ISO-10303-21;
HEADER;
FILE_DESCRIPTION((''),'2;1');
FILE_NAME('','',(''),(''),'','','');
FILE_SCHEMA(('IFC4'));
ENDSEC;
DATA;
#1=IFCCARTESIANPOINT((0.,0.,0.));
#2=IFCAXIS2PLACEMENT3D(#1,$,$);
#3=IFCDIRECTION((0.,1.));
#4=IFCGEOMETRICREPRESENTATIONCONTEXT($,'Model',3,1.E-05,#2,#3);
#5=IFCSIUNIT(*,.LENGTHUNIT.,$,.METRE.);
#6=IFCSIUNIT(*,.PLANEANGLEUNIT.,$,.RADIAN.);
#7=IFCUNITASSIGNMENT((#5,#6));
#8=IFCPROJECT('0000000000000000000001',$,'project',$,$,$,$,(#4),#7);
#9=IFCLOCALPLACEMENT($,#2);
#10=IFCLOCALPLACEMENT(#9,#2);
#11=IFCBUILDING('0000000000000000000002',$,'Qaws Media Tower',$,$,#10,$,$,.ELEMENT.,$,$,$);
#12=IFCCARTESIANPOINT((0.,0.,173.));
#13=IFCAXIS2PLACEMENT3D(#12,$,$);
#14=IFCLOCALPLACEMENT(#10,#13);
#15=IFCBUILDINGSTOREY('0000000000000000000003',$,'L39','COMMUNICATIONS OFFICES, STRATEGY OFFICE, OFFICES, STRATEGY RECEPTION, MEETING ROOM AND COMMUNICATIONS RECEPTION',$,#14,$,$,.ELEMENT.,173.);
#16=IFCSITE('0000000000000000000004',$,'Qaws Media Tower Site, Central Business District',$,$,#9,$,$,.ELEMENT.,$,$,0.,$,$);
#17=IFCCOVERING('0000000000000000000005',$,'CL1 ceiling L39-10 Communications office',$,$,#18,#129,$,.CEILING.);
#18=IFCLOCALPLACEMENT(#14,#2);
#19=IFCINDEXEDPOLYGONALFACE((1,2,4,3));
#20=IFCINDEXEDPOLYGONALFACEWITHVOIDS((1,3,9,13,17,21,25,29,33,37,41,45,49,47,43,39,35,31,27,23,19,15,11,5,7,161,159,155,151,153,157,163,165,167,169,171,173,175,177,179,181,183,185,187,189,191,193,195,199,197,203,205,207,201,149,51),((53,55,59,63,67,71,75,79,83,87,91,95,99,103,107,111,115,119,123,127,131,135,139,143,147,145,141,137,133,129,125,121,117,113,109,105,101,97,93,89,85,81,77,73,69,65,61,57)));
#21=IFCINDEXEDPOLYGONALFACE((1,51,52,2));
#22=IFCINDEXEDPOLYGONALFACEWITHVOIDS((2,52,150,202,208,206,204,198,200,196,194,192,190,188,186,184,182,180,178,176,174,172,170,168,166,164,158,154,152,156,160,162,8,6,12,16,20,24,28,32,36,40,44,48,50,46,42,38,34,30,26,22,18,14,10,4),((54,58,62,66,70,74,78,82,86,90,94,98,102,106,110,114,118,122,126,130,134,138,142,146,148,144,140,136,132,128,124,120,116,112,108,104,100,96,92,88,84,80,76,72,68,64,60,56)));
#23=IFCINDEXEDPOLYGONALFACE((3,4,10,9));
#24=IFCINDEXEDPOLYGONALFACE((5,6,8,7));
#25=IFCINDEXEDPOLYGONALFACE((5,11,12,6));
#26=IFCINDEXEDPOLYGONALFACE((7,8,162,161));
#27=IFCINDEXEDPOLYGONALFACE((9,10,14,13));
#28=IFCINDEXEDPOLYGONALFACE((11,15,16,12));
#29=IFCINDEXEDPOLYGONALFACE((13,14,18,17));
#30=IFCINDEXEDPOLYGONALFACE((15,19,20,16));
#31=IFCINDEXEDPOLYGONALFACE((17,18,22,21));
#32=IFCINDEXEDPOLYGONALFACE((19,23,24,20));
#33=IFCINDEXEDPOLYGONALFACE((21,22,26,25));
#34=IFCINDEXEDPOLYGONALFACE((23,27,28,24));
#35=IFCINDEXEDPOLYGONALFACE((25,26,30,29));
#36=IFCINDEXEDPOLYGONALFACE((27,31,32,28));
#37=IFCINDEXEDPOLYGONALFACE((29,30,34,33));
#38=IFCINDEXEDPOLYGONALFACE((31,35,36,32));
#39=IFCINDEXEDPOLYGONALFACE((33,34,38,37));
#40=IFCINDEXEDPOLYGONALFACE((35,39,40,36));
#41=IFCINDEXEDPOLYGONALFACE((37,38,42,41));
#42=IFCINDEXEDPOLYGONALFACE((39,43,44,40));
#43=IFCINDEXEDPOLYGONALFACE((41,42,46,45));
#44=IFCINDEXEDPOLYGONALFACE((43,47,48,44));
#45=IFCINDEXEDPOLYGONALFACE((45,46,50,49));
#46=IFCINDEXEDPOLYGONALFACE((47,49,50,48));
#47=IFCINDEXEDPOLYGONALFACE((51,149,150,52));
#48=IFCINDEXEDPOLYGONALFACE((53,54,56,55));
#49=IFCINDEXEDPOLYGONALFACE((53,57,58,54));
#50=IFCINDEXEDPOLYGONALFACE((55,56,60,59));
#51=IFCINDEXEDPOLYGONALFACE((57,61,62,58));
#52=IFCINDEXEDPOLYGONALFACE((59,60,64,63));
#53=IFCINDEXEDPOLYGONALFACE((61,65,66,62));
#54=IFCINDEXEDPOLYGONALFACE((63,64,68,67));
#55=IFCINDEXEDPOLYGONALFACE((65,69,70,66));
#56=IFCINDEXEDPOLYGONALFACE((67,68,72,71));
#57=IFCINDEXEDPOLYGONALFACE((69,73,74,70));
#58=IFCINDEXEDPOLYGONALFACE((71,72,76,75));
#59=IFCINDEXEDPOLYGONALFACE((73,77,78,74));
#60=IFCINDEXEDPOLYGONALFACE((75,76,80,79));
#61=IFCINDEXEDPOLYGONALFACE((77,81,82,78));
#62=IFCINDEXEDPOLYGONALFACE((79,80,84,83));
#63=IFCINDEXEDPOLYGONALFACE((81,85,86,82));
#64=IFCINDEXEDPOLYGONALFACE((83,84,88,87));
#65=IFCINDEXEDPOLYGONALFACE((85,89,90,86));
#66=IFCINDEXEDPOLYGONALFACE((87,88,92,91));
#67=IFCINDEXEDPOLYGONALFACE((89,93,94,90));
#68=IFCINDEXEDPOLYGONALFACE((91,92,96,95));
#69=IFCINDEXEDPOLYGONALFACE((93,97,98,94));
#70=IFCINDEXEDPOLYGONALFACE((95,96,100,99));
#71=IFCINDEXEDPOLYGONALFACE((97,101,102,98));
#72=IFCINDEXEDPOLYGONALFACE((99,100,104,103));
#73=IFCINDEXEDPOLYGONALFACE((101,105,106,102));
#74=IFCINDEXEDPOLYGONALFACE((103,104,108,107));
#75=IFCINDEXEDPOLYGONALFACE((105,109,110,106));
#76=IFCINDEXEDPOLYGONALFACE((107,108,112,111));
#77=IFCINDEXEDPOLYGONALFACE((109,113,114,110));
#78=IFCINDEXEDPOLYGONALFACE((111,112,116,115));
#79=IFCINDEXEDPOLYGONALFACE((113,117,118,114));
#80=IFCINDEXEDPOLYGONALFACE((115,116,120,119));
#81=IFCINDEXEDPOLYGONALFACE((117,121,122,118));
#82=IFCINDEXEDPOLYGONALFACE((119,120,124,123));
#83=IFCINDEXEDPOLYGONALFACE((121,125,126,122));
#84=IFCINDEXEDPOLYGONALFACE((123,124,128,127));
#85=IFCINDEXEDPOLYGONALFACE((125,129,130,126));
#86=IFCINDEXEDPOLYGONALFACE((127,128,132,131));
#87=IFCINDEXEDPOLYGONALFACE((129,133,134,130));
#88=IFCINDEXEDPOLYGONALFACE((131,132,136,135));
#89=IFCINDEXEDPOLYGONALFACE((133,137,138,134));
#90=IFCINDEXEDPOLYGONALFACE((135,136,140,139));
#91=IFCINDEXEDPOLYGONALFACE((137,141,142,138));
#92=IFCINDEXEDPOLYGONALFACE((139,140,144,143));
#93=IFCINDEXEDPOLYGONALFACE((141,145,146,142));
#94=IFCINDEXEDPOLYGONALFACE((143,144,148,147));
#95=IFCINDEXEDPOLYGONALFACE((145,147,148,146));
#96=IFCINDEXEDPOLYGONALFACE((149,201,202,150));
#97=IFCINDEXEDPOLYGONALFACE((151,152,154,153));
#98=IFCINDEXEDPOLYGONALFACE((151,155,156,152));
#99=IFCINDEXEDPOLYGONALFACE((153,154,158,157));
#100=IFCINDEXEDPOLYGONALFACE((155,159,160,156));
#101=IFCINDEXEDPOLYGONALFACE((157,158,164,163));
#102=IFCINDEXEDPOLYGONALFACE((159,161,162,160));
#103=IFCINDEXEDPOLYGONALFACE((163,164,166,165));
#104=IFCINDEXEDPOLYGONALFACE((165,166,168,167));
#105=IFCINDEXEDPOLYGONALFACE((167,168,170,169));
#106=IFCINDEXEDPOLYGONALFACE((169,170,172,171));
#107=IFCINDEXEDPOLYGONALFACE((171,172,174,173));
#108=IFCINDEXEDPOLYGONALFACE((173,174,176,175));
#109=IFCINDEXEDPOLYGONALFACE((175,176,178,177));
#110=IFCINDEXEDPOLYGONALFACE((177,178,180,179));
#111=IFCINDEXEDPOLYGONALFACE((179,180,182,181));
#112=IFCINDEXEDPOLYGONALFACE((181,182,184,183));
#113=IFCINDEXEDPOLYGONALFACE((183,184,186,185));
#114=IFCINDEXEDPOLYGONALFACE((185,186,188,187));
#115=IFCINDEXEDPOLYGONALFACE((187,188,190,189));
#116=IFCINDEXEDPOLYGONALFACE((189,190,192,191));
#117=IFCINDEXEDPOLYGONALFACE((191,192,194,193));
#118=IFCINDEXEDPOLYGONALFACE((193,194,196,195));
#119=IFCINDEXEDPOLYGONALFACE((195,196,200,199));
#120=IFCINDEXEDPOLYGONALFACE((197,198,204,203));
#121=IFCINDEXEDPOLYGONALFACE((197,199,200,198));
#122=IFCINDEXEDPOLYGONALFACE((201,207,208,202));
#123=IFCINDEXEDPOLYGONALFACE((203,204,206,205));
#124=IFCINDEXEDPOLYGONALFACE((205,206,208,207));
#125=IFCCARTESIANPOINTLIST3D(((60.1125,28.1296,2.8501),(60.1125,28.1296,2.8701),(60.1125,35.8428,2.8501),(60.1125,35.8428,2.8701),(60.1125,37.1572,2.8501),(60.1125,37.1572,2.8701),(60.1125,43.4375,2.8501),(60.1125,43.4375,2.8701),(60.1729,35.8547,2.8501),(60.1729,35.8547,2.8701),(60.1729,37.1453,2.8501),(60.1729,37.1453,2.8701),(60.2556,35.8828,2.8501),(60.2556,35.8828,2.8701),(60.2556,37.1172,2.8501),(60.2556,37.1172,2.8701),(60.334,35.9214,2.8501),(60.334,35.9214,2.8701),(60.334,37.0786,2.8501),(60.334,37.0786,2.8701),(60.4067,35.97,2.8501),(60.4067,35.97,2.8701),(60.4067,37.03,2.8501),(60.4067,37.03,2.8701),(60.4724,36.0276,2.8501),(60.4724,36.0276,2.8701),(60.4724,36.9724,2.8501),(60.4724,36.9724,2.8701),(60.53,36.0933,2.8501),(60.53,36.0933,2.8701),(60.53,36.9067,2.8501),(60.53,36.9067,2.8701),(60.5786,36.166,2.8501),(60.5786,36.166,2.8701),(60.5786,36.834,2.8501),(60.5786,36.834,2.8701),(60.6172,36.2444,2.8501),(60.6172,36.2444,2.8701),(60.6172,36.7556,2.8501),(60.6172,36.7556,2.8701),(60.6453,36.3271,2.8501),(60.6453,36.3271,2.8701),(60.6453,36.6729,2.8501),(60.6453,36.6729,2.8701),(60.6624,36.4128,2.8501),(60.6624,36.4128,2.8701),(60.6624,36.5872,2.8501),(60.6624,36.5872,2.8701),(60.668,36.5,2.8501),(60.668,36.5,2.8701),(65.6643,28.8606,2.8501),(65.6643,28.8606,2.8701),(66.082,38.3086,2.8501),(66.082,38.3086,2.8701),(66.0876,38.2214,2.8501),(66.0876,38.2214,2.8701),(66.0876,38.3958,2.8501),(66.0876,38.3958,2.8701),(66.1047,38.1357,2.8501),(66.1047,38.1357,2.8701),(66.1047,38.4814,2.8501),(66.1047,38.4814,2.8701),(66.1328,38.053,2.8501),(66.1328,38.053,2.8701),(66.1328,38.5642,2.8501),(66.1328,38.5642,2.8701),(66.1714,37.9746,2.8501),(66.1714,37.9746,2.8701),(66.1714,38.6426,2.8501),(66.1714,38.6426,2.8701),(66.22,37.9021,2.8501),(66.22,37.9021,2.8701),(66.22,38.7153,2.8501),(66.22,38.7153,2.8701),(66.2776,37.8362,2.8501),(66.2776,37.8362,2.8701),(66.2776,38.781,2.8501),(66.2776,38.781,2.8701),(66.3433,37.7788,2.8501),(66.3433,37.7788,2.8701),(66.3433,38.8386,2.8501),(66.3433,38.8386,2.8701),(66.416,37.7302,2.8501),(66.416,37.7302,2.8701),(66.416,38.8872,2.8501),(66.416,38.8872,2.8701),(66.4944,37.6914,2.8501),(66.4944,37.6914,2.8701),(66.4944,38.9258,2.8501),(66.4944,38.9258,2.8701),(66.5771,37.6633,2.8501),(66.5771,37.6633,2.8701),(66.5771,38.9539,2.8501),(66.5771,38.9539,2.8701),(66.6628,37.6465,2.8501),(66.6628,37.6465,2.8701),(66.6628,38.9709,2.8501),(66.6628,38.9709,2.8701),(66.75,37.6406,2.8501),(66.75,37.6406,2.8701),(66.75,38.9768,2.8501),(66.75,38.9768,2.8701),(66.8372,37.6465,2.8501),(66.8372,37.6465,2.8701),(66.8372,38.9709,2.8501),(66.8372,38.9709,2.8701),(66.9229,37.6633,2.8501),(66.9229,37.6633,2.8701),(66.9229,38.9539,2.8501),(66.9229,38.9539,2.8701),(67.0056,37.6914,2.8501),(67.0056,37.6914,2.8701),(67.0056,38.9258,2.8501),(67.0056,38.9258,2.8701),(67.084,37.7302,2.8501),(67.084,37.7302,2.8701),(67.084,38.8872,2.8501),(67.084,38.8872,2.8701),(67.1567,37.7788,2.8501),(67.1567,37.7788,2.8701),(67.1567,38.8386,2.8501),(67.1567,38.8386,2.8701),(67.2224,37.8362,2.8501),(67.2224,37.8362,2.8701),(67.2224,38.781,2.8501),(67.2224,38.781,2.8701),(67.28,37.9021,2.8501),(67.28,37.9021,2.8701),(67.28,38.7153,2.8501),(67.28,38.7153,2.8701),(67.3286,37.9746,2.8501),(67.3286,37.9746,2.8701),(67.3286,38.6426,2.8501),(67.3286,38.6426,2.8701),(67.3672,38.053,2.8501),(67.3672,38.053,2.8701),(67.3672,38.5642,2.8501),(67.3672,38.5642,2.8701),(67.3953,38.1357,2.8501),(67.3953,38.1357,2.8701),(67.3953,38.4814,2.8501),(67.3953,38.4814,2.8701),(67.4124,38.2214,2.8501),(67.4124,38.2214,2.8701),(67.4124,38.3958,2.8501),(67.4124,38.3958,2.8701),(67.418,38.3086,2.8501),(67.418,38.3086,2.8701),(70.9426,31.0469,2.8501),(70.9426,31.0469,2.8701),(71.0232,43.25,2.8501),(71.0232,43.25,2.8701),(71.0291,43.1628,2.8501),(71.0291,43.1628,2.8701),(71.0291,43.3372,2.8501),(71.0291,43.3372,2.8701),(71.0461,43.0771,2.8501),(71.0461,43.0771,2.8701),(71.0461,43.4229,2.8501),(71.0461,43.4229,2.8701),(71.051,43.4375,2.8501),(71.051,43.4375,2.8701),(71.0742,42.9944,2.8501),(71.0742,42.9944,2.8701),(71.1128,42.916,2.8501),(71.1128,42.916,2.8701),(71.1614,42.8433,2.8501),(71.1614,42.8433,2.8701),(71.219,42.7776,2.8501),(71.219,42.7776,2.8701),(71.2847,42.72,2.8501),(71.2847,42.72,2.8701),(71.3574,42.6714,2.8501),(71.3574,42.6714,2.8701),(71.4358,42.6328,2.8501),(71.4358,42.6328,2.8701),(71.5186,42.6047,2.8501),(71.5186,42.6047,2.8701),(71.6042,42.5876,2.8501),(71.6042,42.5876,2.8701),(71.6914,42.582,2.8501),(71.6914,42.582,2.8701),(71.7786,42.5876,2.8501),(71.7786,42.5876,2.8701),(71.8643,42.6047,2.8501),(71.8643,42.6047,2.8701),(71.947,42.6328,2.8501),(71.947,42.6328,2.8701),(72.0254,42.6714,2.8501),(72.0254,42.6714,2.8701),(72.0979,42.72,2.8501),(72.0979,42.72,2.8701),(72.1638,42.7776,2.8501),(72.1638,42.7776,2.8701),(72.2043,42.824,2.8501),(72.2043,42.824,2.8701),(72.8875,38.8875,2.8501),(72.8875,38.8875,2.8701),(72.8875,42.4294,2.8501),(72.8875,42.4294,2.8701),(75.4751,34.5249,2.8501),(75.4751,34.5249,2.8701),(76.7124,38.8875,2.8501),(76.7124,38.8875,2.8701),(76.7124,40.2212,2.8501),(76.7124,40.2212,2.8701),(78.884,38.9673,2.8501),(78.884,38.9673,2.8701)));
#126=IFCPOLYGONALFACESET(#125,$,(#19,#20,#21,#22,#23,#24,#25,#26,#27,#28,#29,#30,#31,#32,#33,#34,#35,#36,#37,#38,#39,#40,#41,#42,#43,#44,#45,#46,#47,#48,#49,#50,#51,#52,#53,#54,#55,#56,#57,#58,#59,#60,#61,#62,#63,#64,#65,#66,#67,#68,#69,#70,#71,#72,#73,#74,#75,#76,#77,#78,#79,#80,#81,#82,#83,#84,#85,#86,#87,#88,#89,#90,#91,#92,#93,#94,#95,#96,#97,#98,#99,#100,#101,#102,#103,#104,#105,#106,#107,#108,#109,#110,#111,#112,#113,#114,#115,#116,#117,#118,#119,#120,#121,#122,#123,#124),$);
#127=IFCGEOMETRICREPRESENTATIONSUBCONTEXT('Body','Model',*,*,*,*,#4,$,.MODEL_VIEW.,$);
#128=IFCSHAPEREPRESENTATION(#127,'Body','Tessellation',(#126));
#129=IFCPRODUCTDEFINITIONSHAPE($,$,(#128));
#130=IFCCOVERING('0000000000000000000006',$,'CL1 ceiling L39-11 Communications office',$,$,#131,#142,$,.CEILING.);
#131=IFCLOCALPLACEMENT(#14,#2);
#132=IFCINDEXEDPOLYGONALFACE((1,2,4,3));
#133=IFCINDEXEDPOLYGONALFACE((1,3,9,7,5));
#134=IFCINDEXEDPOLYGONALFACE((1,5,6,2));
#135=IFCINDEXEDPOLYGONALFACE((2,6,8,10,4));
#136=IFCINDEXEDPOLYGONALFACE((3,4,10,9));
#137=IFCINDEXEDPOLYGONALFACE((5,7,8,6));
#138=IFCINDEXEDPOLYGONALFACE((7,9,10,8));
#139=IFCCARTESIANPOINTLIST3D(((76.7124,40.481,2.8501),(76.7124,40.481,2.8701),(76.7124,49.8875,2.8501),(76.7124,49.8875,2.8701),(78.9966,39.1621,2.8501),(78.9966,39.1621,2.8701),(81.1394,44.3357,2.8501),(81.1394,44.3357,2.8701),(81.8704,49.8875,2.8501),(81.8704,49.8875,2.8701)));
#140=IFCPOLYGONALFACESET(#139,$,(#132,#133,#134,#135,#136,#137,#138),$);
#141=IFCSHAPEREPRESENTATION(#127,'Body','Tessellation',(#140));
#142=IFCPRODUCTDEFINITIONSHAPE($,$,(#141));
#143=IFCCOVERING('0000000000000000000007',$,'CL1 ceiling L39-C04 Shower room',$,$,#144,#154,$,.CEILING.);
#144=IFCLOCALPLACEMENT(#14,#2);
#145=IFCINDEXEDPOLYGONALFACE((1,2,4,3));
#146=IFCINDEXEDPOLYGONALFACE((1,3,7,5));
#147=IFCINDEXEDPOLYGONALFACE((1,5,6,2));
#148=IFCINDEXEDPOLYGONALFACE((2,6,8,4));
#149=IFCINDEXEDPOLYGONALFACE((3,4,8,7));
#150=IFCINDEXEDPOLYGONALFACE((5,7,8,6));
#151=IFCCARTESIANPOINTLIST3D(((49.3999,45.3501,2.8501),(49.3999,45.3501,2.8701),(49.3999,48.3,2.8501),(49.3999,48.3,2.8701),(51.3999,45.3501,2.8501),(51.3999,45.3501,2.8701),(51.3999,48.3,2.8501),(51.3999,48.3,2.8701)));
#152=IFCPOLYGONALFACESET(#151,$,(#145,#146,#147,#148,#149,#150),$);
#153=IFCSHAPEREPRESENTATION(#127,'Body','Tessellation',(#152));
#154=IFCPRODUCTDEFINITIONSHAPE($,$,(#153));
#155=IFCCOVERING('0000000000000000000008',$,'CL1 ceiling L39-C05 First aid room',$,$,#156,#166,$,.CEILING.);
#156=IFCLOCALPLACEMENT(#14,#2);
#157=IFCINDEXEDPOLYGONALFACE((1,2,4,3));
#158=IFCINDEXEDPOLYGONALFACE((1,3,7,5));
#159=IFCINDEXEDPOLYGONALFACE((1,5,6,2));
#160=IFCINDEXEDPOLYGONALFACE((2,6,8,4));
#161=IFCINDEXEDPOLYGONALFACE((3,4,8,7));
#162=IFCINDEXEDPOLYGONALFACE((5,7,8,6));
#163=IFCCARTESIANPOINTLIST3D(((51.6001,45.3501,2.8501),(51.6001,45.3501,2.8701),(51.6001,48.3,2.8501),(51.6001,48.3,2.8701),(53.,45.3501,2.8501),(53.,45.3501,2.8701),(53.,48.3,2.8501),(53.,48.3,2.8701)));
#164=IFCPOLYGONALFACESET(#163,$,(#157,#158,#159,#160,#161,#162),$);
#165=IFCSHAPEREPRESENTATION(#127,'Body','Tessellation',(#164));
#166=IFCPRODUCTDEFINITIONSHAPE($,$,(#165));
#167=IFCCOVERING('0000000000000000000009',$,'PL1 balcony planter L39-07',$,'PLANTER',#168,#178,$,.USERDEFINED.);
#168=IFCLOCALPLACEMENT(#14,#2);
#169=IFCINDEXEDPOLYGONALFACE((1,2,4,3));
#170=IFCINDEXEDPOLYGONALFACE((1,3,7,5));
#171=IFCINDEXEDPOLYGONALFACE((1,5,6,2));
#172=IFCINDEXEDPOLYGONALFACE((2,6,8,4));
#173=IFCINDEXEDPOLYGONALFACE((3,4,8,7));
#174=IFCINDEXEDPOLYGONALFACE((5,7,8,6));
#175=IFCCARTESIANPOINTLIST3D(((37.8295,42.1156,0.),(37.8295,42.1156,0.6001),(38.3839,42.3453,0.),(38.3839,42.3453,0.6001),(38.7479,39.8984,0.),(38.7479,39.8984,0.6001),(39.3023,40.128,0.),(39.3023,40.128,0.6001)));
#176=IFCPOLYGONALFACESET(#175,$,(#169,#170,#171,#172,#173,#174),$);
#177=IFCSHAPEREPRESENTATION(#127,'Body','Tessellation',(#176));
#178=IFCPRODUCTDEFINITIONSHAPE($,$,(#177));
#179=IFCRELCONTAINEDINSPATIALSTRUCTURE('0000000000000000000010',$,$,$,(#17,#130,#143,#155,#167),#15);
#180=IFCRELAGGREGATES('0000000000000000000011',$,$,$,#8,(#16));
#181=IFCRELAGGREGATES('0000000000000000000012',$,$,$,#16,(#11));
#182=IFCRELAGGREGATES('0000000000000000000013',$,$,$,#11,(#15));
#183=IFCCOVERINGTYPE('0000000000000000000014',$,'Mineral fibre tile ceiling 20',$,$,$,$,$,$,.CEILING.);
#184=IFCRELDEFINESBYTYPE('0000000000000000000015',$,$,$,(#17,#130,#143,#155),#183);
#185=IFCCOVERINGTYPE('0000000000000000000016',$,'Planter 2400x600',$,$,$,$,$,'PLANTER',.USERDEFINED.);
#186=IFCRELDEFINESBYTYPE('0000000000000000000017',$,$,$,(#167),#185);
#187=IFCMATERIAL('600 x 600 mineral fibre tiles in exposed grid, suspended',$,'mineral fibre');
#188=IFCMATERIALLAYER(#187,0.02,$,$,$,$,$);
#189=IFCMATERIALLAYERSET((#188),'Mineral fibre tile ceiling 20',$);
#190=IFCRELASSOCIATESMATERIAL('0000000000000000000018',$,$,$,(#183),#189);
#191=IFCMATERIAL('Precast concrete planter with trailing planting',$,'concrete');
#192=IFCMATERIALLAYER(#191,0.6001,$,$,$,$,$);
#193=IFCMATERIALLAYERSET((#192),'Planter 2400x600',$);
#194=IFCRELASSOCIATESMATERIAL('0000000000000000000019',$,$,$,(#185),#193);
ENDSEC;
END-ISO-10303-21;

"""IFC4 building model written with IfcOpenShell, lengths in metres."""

from ifc_helpers import new_model, si_unit, direction, frame, origin, origin_2d, place, context, subcontext, project, spatial, polyline, rectangle, outline, extrude, material, layer, layer_set, type_object, element, save


model = new_model("IFC4")

# Units and contexts
model_context = context("Model", 3, precision=1e-05, world=origin(), true_north=direction((0.0, 1.0)))
body_context = subcontext(model_context, "Body", "Model", "MODEL_VIEW")
ifc_project = project(units=[si_unit("LENGTHUNIT", "METRE"), si_unit("PLANEANGLEUNIT", "RADIAN")], contexts=[model_context])

# Site, building, storey
site_placement = place(None, origin())
site = spatial("IfcSite", under=ifc_project, at=site_placement, Name="Qaws Media Tower Site, Central Business District", CompositionType="ELEMENT", RefElevation=0.0)
building_placement = place(site_placement, origin())
building = spatial("IfcBuilding", under=site, at=building_placement, Name="Qaws Media Tower", CompositionType="ELEMENT")
storey_placement = place(building_placement, frame((0.0, 0.0, 173.0)))
storey = spatial("IfcBuildingStorey", under=building, at=storey_placement, Name="L39", Description="COMMUNICATIONS OFFICES, STRATEGY OFFICE, OFFICES, STRATEGY RECEPTION, MEETING ROOM AND COMMUNICATIONS RECEPTION", CompositionType="ELEMENT", Elevation=173.0)

# Coverings
ifc_material_1 = material(Name="600 x 600 mineral fibre tiles in exposed grid, suspended", Category="mineral fibre")
ifc_layer_1 = layer(ifc_material_1, 0.02)
ifc_layer_set_1 = layer_set([ifc_layer_1], Name="Mineral fibre tile ceiling 20")
covering_type_1 = type_object("IfcCoveringType", Name="Mineral fibre tile ceiling 20", PredefinedType="CEILING", material=ifc_layer_set_1)
covering_1_placement = place(storey_placement, frame((0.0, 0.0, 2.8501)))
element("IfcCovering", 1, at=covering_1_placement, inside=storey, type_object=covering_type_1, Name="CL1 ceiling L39-10 Communications office", PredefinedType="CEILING", context=body_context, shape_type="SweptSolid", body=[
    extrude(outline(polyline([(72.8875, 38.8875), (76.7124, 38.8875), (76.7124, 40.2212), (78.884, 38.9673), (75.4751, 34.5249), (70.9426, 31.0469), (65.6643, 28.8606), (60.1125, 28.1296), (60.1125, 35.8428), (60.1729, 35.8547), (60.2556, 35.8828), (60.334, 35.9214), (60.4067, 35.97), (60.4724, 36.0276), (60.53, 36.0933), (60.5786, 36.166), (60.6172, 36.2444), (60.6453, 36.3271), (60.6624, 36.4128), (60.668, 36.5), (60.6624, 36.5872), (60.6453, 36.6729), (60.6172, 36.7556), (60.5786, 36.834), (60.53, 36.9067), (60.4724, 36.9724), (60.4067, 37.03), (60.334, 37.0786), (60.2556, 37.1172), (60.1729, 37.1453), (60.1125, 37.1572), (60.1125, 43.4375), (71.051, 43.4375), (71.0461, 43.4229), (71.0291, 43.3372), (71.0232, 43.25), (71.0291, 43.1628), (71.0461, 43.0771), (71.0742, 42.9944), (71.1128, 42.916), (71.1614, 42.8433), (71.219, 42.7776), (71.2847, 42.72), (71.3574, 42.6714), (71.4358, 42.6328), (71.5186, 42.6047), (71.6042, 42.5876), (71.6914, 42.582), (71.7786, 42.5876), (71.8643, 42.6047), (71.947, 42.6328), (72.0254, 42.6714), (72.0979, 42.72), (72.1638, 42.7776), (72.2043, 42.824), (72.8875, 42.4294), (72.8875, 38.8875)]), holes=[polyline([(67.3672, 38.053), (67.3953, 38.1357), (67.4124, 38.2214), (67.418, 38.3086), (67.4124, 38.3958), (67.3953, 38.4814), (67.3672, 38.5642), (67.3286, 38.6426), (67.28, 38.7153), (67.2224, 38.781), (67.1567, 38.8386), (67.084, 38.8872), (67.0056, 38.9258), (66.9229, 38.9539), (66.8372, 38.9709), (66.75, 38.9768), (66.6628, 38.9709), (66.5771, 38.9539), (66.4944, 38.9258), (66.416, 38.8872), (66.3433, 38.8386), (66.2776, 38.781), (66.22, 38.7153), (66.1714, 38.6426), (66.1328, 38.5642), (66.1047, 38.4814), (66.0876, 38.3958), (66.082, 38.3086), (66.0876, 38.2214), (66.1047, 38.1357), (66.1328, 38.053), (66.1714, 37.9746), (66.22, 37.9021), (66.2776, 37.8362), (66.3433, 37.7788), (66.416, 37.7302), (66.4944, 37.6914), (66.5771, 37.6633), (66.6628, 37.6465), (66.75, 37.6406), (66.8372, 37.6465), (66.9229, 37.6633), (67.0056, 37.6914), (67.084, 37.7302), (67.1567, 37.7788), (67.2224, 37.8362), (67.28, 37.9021), (67.3286, 37.9746), (67.3672, 38.053)])]), origin(), (0.0, 0.0, 1.0), 0.02),
])
covering_2_placement = place(storey_placement, frame((0.0, 0.0, 2.8501)))
element("IfcCovering", 2, at=covering_2_placement, inside=storey, type_object=covering_type_1, Name="CL1 ceiling L39-11 Communications office", PredefinedType="CEILING", context=body_context, shape_type="SweptSolid", body=[
    extrude(outline(polyline([(81.1394, 44.3357), (78.9966, 39.1621), (76.7124, 40.481), (76.7124, 49.8875), (81.8704, 49.8875), (81.1394, 44.3357)])), origin(), (0.0, 0.0, 1.0), 0.02),
])
covering_3_placement = place(storey_placement, frame((0.0, 0.0, 2.8501)))
element("IfcCovering", 3, at=covering_3_placement, inside=storey, type_object=covering_type_1, Name="CL1 ceiling L39-C04 Shower room", PredefinedType="CEILING", context=body_context, shape_type="SweptSolid", body=[
    extrude(outline(polyline([(49.3999, 45.3501), (49.3999, 48.3), (51.3999, 48.3), (51.3999, 45.3501), (49.3999, 45.3501)])), origin(), (0.0, 0.0, 1.0), 0.02),
])
covering_4_placement = place(storey_placement, frame((0.0, 0.0, 2.8501)))
element("IfcCovering", 4, at=covering_4_placement, inside=storey, type_object=covering_type_1, Name="CL1 ceiling L39-C05 First aid room", PredefinedType="CEILING", context=body_context, shape_type="SweptSolid", body=[
    extrude(outline(polyline([(51.6001, 45.3501), (51.6001, 48.3), (53.0, 48.3), (53.0, 45.3501), (51.6001, 45.3501)])), origin(), (0.0, 0.0, 1.0), 0.02),
])
ifc_material_2 = material(Name="Precast concrete planter with trailing planting", Category="concrete")
ifc_layer_2 = layer(ifc_material_2, 0.6001)
ifc_layer_set_2 = layer_set([ifc_layer_2], Name="Planter 2400x600")
covering_type_2 = type_object("IfcCoveringType", Name="Planter 2400x600", ElementType="PLANTER", PredefinedType="USERDEFINED", material=ifc_layer_set_2)
covering_5_placement = place(storey_placement, frame((38.5659, 41.1218, 0.0), z_axis=(0.0, 0.0, 1.0), x_axis=(0.382683, -0.92388, 0.0)))
element("IfcCovering", 5, at=covering_5_placement, inside=storey, type_object=covering_type_2, Name="PL1 balcony planter L39-07", ObjectType="PLANTER", PredefinedType="USERDEFINED", context=body_context, shape_type="SweptSolid", body=[
    extrude(rectangle(XDim=2.3999, YDim=0.6001, at=origin_2d()), origin(), (0.0, 0.0, 1.0), 0.6001),
])

save(model, "model.ifc")
